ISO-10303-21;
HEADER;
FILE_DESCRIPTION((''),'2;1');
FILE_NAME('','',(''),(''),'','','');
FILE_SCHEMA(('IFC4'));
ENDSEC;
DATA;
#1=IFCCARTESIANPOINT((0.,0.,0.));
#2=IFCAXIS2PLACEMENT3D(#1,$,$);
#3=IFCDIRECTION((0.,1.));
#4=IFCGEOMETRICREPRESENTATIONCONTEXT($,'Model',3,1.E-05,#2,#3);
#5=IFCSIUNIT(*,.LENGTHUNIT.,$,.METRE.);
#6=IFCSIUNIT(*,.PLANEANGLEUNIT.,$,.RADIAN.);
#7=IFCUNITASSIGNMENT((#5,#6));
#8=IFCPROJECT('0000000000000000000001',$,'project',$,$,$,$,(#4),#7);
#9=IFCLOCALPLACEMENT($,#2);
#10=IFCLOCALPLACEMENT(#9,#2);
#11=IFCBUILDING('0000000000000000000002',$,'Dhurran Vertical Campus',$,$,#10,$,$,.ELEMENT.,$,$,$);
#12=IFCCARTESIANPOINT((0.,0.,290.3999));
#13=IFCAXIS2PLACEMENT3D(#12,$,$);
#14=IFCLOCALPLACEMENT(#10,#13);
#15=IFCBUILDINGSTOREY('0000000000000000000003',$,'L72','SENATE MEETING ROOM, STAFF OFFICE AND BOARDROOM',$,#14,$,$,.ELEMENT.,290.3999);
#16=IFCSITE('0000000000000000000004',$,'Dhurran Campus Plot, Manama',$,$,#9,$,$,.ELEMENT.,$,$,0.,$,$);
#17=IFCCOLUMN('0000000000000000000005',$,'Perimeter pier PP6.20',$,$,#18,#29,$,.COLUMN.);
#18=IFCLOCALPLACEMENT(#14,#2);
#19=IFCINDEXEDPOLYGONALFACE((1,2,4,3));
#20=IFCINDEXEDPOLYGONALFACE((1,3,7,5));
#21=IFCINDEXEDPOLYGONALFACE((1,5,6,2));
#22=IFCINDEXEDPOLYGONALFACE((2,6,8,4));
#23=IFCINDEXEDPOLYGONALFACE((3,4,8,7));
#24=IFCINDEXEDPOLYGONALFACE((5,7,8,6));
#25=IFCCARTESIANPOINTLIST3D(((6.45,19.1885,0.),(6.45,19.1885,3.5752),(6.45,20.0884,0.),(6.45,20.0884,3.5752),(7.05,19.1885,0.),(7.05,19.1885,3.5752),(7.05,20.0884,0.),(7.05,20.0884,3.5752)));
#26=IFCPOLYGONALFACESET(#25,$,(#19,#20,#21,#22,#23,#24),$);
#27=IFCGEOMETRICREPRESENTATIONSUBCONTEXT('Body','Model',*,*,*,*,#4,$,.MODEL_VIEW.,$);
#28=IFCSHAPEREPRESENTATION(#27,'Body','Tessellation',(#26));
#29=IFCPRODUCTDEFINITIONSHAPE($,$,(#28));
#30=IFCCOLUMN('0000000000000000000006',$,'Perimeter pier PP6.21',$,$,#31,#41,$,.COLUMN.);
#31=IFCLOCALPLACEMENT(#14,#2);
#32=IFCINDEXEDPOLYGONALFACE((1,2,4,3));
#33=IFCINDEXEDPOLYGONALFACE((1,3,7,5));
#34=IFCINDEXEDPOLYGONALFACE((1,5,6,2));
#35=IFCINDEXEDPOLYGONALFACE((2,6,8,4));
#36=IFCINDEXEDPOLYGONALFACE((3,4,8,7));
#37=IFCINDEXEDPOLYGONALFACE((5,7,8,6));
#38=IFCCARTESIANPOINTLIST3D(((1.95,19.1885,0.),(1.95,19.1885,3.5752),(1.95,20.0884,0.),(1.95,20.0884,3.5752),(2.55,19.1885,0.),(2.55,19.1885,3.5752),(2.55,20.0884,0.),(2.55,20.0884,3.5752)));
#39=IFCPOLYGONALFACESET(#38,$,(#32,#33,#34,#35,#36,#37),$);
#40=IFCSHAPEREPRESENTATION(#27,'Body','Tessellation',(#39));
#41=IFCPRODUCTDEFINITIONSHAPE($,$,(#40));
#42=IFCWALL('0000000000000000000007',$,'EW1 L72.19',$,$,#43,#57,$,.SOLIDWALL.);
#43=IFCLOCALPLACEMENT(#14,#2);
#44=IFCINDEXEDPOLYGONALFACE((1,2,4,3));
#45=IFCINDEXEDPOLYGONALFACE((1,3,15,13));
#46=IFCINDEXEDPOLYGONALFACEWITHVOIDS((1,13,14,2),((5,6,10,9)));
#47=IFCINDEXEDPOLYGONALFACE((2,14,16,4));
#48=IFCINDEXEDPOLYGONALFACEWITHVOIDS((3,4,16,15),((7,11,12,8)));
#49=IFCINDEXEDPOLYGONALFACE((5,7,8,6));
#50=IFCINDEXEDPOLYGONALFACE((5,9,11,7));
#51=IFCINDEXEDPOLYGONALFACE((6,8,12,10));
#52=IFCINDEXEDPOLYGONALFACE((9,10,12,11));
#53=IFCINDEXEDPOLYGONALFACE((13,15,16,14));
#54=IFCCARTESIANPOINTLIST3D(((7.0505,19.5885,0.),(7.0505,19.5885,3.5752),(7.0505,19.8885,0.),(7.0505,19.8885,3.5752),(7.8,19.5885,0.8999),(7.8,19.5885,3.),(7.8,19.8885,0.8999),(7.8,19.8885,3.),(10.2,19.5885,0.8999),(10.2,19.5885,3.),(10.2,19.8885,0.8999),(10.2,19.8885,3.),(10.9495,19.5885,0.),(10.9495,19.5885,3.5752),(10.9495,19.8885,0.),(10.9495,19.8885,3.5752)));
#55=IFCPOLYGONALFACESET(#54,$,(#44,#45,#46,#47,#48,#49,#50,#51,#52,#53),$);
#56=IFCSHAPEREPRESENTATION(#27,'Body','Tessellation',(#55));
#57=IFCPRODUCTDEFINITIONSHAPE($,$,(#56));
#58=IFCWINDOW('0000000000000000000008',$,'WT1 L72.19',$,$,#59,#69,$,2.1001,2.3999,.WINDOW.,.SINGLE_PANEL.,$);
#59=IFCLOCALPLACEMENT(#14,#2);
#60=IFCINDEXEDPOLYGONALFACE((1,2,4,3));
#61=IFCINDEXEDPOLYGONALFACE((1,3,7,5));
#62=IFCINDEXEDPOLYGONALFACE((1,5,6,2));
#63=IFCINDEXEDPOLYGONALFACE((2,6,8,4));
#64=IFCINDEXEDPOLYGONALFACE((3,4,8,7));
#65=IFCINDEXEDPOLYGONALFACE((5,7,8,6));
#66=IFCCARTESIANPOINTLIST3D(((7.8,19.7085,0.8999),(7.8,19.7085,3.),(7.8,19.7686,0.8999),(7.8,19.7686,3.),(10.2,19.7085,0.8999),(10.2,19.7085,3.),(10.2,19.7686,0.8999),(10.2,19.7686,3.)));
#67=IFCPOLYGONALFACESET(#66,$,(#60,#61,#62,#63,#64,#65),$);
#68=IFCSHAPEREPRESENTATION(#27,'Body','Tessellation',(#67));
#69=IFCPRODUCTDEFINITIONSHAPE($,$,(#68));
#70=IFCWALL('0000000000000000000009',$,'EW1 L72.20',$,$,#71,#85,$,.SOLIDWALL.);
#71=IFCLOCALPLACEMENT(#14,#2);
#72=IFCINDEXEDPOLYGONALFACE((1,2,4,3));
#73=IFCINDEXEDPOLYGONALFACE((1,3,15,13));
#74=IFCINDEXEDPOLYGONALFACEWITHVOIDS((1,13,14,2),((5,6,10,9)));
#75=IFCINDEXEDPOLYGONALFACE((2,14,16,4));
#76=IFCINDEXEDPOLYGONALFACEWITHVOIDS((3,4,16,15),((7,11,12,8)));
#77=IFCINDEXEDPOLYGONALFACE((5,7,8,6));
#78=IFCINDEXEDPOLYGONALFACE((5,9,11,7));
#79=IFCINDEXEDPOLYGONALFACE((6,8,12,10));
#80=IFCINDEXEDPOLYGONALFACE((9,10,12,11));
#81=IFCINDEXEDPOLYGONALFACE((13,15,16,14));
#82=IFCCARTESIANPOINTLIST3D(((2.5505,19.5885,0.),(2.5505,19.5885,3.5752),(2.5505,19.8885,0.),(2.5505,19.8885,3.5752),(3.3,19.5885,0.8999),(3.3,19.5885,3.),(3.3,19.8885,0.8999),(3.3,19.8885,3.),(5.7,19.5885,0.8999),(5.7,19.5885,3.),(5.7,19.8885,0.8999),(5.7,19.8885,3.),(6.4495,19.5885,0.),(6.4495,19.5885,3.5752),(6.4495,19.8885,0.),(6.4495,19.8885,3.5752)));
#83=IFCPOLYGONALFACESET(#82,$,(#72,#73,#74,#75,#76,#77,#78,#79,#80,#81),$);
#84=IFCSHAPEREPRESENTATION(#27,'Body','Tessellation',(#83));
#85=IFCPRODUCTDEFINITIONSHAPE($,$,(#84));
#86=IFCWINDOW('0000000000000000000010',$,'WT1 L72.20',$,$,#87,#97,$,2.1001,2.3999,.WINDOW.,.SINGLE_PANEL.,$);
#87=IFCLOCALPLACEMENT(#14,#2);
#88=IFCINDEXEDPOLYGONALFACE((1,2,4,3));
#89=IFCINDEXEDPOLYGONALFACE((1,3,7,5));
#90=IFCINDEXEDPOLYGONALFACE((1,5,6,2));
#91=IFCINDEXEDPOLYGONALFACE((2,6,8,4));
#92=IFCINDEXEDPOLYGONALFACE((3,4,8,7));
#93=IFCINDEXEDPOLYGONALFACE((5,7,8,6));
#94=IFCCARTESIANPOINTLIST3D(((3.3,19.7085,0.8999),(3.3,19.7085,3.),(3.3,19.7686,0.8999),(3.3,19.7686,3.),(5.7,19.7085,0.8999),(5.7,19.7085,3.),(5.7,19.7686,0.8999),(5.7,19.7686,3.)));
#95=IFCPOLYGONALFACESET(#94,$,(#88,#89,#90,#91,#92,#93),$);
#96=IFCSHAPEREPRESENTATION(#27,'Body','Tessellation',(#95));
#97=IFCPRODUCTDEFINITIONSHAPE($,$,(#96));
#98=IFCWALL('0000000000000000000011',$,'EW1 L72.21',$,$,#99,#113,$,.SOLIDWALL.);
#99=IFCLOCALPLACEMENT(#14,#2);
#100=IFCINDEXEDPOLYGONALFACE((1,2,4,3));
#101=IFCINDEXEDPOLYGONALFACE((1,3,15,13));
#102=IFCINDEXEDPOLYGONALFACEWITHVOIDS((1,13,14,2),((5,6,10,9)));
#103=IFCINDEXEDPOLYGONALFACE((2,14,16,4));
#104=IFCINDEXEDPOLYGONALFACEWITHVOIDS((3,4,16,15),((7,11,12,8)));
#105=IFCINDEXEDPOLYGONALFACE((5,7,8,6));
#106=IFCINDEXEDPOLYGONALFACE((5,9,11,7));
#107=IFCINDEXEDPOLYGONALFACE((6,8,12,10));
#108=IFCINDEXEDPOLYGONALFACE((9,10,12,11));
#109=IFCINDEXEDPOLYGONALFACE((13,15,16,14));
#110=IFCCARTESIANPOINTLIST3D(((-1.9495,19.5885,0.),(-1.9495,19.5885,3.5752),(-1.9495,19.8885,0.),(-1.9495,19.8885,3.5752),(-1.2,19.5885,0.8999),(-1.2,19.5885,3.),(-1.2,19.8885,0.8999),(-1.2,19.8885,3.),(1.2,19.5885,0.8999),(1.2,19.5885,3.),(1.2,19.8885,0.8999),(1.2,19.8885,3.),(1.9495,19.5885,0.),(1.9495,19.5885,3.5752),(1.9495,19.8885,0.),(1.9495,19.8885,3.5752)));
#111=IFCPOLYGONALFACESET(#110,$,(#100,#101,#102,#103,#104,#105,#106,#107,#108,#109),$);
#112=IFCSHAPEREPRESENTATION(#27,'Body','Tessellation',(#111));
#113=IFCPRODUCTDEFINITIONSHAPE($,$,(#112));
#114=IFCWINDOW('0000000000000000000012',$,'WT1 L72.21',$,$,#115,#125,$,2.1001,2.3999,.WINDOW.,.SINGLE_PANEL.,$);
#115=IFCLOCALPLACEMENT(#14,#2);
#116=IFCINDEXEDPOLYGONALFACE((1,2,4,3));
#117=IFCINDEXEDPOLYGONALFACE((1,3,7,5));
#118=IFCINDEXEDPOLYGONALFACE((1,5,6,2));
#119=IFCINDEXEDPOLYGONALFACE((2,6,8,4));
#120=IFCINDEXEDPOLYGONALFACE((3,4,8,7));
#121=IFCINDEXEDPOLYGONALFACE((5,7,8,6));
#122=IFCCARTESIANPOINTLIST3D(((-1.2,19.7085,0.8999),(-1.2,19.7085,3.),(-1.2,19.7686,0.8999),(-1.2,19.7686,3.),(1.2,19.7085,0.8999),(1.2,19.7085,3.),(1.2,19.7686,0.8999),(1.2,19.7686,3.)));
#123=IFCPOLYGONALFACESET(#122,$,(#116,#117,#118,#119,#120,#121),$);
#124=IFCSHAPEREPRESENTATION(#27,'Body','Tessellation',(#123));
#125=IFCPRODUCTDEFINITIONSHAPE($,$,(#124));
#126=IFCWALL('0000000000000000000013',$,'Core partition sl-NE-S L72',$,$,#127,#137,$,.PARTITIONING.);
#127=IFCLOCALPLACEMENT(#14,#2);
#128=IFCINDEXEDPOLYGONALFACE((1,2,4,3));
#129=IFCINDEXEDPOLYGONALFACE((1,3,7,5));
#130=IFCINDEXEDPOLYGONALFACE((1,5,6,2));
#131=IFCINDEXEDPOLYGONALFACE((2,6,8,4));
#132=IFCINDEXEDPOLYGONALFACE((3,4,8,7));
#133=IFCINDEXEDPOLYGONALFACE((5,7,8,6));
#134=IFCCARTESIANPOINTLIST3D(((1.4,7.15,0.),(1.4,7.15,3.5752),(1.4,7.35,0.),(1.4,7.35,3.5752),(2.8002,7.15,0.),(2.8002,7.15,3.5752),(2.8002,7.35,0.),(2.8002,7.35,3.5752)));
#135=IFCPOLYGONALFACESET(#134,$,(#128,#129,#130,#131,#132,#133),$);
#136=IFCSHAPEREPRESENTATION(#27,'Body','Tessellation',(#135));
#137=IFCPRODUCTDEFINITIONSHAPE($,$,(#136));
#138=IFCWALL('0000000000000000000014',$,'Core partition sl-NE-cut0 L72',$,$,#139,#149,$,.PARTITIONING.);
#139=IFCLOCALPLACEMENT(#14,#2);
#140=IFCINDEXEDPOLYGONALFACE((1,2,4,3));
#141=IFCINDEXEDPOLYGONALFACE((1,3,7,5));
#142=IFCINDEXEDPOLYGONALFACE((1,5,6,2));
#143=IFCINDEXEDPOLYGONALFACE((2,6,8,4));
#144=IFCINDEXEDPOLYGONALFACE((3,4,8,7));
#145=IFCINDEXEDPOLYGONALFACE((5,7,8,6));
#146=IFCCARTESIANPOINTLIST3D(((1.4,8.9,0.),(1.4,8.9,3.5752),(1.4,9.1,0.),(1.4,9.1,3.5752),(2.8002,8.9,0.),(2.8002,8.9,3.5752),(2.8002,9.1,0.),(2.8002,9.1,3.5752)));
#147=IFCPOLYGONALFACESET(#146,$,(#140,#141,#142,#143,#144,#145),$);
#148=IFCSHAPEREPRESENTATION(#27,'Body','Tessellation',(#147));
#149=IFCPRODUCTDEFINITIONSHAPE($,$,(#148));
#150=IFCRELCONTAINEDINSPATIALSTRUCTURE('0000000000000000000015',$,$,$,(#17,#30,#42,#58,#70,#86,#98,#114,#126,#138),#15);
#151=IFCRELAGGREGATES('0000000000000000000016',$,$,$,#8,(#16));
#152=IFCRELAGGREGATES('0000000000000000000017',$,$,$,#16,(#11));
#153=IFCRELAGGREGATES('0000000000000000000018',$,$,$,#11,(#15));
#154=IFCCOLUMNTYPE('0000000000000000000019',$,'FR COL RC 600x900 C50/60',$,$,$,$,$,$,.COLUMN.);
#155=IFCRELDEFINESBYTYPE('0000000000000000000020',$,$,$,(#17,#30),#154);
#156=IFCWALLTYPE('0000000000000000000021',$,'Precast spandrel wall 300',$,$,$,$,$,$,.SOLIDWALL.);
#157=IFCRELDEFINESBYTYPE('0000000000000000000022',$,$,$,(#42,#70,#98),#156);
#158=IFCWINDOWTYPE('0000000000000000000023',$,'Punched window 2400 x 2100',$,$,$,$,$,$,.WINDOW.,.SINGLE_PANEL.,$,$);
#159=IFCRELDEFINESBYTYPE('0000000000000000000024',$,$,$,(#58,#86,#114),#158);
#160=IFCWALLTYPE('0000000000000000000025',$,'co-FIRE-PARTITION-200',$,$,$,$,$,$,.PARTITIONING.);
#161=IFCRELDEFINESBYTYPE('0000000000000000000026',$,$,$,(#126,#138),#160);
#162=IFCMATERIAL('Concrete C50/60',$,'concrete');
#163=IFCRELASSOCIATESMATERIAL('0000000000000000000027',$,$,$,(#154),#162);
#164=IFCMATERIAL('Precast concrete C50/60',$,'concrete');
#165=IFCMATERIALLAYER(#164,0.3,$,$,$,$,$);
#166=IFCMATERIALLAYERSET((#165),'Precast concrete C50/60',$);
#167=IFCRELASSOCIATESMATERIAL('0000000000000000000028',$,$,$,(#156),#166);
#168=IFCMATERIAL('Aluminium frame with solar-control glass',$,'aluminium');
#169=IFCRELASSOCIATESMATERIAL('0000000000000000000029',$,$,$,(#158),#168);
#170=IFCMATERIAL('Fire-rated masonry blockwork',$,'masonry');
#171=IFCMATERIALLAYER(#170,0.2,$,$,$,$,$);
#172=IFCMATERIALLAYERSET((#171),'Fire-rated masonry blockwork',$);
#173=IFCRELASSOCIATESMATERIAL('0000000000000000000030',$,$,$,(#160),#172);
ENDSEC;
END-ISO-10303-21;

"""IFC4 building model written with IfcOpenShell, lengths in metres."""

from ifc_helpers import new_model, si_unit, direction, frame, frame_2d, origin, origin_2d, place, context, subcontext, project, spatial, rectangle, extrude, material, layer, layer_set, material_profile, profile_set, type_object, element, fill, save


model = new_model("IFC4")

# Units and contexts
model_context = context("Model", 3, precision=1e-05, world=origin(), true_north=direction((0.0, 1.0)))
body_context = subcontext(model_context, "Body", "Model", "MODEL_VIEW")
ifc_project = project(units=[si_unit("LENGTHUNIT", "METRE"), si_unit("PLANEANGLEUNIT", "RADIAN")], contexts=[model_context])

# Site, building, storey
site_placement = place(None, origin())
site = spatial("IfcSite", under=ifc_project, at=site_placement, Name="Dhurran Campus Plot, Manama", CompositionType="ELEMENT", RefElevation=0.0)
building_placement = place(site_placement, origin())
building = spatial("IfcBuilding", under=site, at=building_placement, Name="Dhurran Vertical Campus", CompositionType="ELEMENT")
storey_placement = place(building_placement, frame((0.0, 0.0, 290.3999)))
storey = spatial("IfcBuildingStorey", under=building, at=storey_placement, Name="L72", Description="SENATE MEETING ROOM, STAFF OFFICE AND BOARDROOM", CompositionType="ELEMENT", Elevation=290.3999)

# Columns
ifc_material_1 = material(Name="Concrete C50/60", Category="concrete")
ifc_material_profile = material_profile(ifc_material_1, rectangle(XDim=0.6001, YDim=0.8999, at=origin_2d()), Name="RC 600x900")
ifc_profile_set = profile_set([ifc_material_profile], Name="Concrete C50/60")
column_type = type_object("IfcColumnType", Name="FR COL RC 600x900 C50/60", PredefinedType="COLUMN", material=ifc_profile_set)
for number, where, z_axis, x_axis, name in (
    (1, (6.75, 19.6384, 0.0), (0.0, 0.0, 1.0), (-1.0, 0.0, 0.0), "Perimeter pier PP6.20"),
    (2, (2.25, 19.6384, 0.0), (0.0, 0.0, 1.0), (-1.0, 0.0, 0.0), "Perimeter pier PP6.21"),
):
    element("IfcColumn", number, at=place(storey_placement, frame(where, z_axis=z_axis, x_axis=x_axis)), inside=storey, type_object=column_type, Name=name, PredefinedType="COLUMN", context=body_context, shape_type="SweptSolid", body=[
        extrude(rectangle(XDim=0.6001, YDim=0.8999, at=origin_2d()), origin(), (0.0, 0.0, 1.0), 3.5752),
    ])

# Walls, openings, windows
ifc_material_2 = material(Name="Precast concrete C50/60", Category="concrete")
ifc_layer_1 = layer(ifc_material_2, 0.3)
ifc_layer_set_1 = layer_set([ifc_layer_1], Name="Precast concrete C50/60")
wall_type_1 = type_object("IfcWallType", Name="Precast spandrel wall 300", PredefinedType="SOLIDWALL", material=ifc_layer_set_1)
wall_1_placement = place(storey_placement, frame((10.9495, 19.7385, 0.0), z_axis=(0.0, 0.0, 1.0), x_axis=(-1.0, 0.0, 0.0)))
wall_1 = element("IfcWall", 3, at=wall_1_placement, inside=storey, type_object=wall_type_1, Name="EW1 L72.19", PredefinedType="SOLIDWALL", context=body_context, shape_type="SweptSolid", body=[
    extrude(rectangle(XDim=3.8989, YDim=0.3, at=frame_2d((1.9495, 0.0))), origin(), (0.0, 0.0, 1.0), 3.5752),
])
opening_1_placement = place(wall_1_placement, frame((0.7495, 0.0, 0.8999)))
opening_1 = element("IfcOpeningElement", 4, at=opening_1_placement, cuts=wall_1, PredefinedType="OPENING", context=body_context, shape_type="SweptSolid", body=[
    extrude(rectangle(XDim=2.3999, YDim=2.1001, at=frame_2d((1.2, 1.05))), frame((0.0, 0.1599, 0.0), z_axis=(0.0, -1.0, 0.0), x_axis=(1.0, 0.0, 0.0)), (0.0, 0.0, 1.0), 0.3201),
])
ifc_material_3 = material(Name="Aluminium frame with solar-control glass", Category="aluminium")
window_type = type_object("IfcWindowType", Name="Punched window 2400 x 2100", PartitioningType="SINGLE_PANEL", PredefinedType="WINDOW", material=ifc_material_3)
window_1_placement = place(opening_1_placement, origin())
window_1 = element("IfcWindow", 5, at=window_1_placement, inside=storey, type_object=window_type, Name="WT1 L72.19", OverallHeight=2.1001, OverallWidth=2.3999, PartitioningType="SINGLE_PANEL", PredefinedType="WINDOW", context=body_context, shape_type="SweptSolid", body=[
    extrude(rectangle(XDim=2.3999, YDim=2.1001, at=frame_2d((1.2, 1.05))), frame((0.0, 0.03, 0.0), z_axis=(0.0, -1.0, 0.0), x_axis=(1.0, 0.0, 0.0)), (0.0, 0.0, 1.0), 0.0601),
])
fill(opening_1, window_1)
wall_2_placement = place(storey_placement, frame((6.4495, 19.7385, 0.0), z_axis=(0.0, 0.0, 1.0), x_axis=(-1.0, 0.0, 0.0)))
wall_2 = element("IfcWall", 6, at=wall_2_placement, inside=storey, type_object=wall_type_1, Name="EW1 L72.20", PredefinedType="SOLIDWALL", context=body_context, shape_type="SweptSolid", body=[
    extrude(rectangle(XDim=3.8989, YDim=0.3, at=frame_2d((1.9495, 0.0))), origin(), (0.0, 0.0, 1.0), 3.5752),
])
opening_2_placement = place(wall_2_placement, frame((0.7495, 0.0, 0.8999)))
opening_2 = element("IfcOpeningElement", 7, at=opening_2_placement, cuts=wall_2, PredefinedType="OPENING", context=body_context, shape_type="SweptSolid", body=[
    extrude(rectangle(XDim=2.3999, YDim=2.1001, at=frame_2d((1.2, 1.05))), frame((0.0, 0.1599, 0.0), z_axis=(0.0, -1.0, 0.0), x_axis=(1.0, 0.0, 0.0)), (0.0, 0.0, 1.0), 0.3201),
])
window_2_placement = place(opening_2_placement, origin())
window_2 = element("IfcWindow", 8, at=window_2_placement, inside=storey, type_object=window_type, Name="WT1 L72.20", OverallHeight=2.1001, OverallWidth=2.3999, PartitioningType="SINGLE_PANEL", PredefinedType="WINDOW", context=body_context, shape_type="SweptSolid", body=[
    extrude(rectangle(XDim=2.3999, YDim=2.1001, at=frame_2d((1.2, 1.05))), frame((0.0, 0.03, 0.0), z_axis=(0.0, -1.0, 0.0), x_axis=(1.0, 0.0, 0.0)), (0.0, 0.0, 1.0), 0.0601),
])
fill(opening_2, window_2)
wall_3_placement = place(storey_placement, frame((1.9495, 19.7385, 0.0), z_axis=(0.0, 0.0, 1.0), x_axis=(-1.0, 0.0, 0.0)))
wall_3 = element("IfcWall", 9, at=wall_3_placement, inside=storey, type_object=wall_type_1, Name="EW1 L72.21", PredefinedType="SOLIDWALL", context=body_context, shape_type="SweptSolid", body=[
    extrude(rectangle(XDim=3.8989, YDim=0.3, at=frame_2d((1.9495, 0.0))), origin(), (0.0, 0.0, 1.0), 3.5752),
])
opening_3_placement = place(wall_3_placement, frame((0.7495, 0.0, 0.8999)))
opening_3 = element("IfcOpeningElement", 10, at=opening_3_placement, cuts=wall_3, PredefinedType="OPENING", context=body_context, shape_type="SweptSolid", body=[
    extrude(rectangle(XDim=2.3999, YDim=2.1001, at=frame_2d((1.2, 1.05))), frame((0.0, 0.1599, 0.0), z_axis=(0.0, -1.0, 0.0), x_axis=(1.0, 0.0, 0.0)), (0.0, 0.0, 1.0), 0.3201),
])
window_3_placement = place(opening_3_placement, origin())
window_3 = element("IfcWindow", 11, at=window_3_placement, inside=storey, type_object=window_type, Name="WT1 L72.21", OverallHeight=2.1001, OverallWidth=2.3999, PartitioningType="SINGLE_PANEL", PredefinedType="WINDOW", context=body_context, shape_type="SweptSolid", body=[
    extrude(rectangle(XDim=2.3999, YDim=2.1001, at=frame_2d((1.2, 1.05))), frame((0.0, 0.03, 0.0), z_axis=(0.0, -1.0, 0.0), x_axis=(1.0, 0.0, 0.0)), (0.0, 0.0, 1.0), 0.0601),
])
fill(opening_3, window_3)

# Walls
ifc_material_4 = material(Name="Fire-rated masonry blockwork", Category="masonry")
ifc_layer_2 = layer(ifc_material_4, 0.2)
ifc_layer_set_2 = layer_set([ifc_layer_2], Name="Fire-rated masonry blockwork")
wall_type_2 = type_object("IfcWallType", Name="co-FIRE-PARTITION-200", PredefinedType="PARTITIONING", material=ifc_layer_set_2)
for number, where, z_axis, x_axis, name in (
    (12, (1.3999, 7.25, 0.0), (0.0, 0.0, 1.0), (1.0, 0.0, 0.0), "Core partition sl-NE-S L72"),
    (13, (1.3999, 9.0, 0.0), (0.0, 0.0, 1.0), (1.0, 0.0, 0.0), "Core partition sl-NE-cut0 L72"),
):
    element("IfcWall", number, at=place(storey_placement, frame(where, z_axis=z_axis, x_axis=x_axis)), inside=storey, type_object=wall_type_2, Name=name, PredefinedType="PARTITIONING", context=body_context, shape_type="SweptSolid", body=[
        extrude(rectangle(XDim=1.4001, YDim=0.2, at=frame_2d((0.7002, 0.0))), origin(), (0.0, 0.0, 1.0), 3.5752),
    ])

save(model, "model.ifc")
